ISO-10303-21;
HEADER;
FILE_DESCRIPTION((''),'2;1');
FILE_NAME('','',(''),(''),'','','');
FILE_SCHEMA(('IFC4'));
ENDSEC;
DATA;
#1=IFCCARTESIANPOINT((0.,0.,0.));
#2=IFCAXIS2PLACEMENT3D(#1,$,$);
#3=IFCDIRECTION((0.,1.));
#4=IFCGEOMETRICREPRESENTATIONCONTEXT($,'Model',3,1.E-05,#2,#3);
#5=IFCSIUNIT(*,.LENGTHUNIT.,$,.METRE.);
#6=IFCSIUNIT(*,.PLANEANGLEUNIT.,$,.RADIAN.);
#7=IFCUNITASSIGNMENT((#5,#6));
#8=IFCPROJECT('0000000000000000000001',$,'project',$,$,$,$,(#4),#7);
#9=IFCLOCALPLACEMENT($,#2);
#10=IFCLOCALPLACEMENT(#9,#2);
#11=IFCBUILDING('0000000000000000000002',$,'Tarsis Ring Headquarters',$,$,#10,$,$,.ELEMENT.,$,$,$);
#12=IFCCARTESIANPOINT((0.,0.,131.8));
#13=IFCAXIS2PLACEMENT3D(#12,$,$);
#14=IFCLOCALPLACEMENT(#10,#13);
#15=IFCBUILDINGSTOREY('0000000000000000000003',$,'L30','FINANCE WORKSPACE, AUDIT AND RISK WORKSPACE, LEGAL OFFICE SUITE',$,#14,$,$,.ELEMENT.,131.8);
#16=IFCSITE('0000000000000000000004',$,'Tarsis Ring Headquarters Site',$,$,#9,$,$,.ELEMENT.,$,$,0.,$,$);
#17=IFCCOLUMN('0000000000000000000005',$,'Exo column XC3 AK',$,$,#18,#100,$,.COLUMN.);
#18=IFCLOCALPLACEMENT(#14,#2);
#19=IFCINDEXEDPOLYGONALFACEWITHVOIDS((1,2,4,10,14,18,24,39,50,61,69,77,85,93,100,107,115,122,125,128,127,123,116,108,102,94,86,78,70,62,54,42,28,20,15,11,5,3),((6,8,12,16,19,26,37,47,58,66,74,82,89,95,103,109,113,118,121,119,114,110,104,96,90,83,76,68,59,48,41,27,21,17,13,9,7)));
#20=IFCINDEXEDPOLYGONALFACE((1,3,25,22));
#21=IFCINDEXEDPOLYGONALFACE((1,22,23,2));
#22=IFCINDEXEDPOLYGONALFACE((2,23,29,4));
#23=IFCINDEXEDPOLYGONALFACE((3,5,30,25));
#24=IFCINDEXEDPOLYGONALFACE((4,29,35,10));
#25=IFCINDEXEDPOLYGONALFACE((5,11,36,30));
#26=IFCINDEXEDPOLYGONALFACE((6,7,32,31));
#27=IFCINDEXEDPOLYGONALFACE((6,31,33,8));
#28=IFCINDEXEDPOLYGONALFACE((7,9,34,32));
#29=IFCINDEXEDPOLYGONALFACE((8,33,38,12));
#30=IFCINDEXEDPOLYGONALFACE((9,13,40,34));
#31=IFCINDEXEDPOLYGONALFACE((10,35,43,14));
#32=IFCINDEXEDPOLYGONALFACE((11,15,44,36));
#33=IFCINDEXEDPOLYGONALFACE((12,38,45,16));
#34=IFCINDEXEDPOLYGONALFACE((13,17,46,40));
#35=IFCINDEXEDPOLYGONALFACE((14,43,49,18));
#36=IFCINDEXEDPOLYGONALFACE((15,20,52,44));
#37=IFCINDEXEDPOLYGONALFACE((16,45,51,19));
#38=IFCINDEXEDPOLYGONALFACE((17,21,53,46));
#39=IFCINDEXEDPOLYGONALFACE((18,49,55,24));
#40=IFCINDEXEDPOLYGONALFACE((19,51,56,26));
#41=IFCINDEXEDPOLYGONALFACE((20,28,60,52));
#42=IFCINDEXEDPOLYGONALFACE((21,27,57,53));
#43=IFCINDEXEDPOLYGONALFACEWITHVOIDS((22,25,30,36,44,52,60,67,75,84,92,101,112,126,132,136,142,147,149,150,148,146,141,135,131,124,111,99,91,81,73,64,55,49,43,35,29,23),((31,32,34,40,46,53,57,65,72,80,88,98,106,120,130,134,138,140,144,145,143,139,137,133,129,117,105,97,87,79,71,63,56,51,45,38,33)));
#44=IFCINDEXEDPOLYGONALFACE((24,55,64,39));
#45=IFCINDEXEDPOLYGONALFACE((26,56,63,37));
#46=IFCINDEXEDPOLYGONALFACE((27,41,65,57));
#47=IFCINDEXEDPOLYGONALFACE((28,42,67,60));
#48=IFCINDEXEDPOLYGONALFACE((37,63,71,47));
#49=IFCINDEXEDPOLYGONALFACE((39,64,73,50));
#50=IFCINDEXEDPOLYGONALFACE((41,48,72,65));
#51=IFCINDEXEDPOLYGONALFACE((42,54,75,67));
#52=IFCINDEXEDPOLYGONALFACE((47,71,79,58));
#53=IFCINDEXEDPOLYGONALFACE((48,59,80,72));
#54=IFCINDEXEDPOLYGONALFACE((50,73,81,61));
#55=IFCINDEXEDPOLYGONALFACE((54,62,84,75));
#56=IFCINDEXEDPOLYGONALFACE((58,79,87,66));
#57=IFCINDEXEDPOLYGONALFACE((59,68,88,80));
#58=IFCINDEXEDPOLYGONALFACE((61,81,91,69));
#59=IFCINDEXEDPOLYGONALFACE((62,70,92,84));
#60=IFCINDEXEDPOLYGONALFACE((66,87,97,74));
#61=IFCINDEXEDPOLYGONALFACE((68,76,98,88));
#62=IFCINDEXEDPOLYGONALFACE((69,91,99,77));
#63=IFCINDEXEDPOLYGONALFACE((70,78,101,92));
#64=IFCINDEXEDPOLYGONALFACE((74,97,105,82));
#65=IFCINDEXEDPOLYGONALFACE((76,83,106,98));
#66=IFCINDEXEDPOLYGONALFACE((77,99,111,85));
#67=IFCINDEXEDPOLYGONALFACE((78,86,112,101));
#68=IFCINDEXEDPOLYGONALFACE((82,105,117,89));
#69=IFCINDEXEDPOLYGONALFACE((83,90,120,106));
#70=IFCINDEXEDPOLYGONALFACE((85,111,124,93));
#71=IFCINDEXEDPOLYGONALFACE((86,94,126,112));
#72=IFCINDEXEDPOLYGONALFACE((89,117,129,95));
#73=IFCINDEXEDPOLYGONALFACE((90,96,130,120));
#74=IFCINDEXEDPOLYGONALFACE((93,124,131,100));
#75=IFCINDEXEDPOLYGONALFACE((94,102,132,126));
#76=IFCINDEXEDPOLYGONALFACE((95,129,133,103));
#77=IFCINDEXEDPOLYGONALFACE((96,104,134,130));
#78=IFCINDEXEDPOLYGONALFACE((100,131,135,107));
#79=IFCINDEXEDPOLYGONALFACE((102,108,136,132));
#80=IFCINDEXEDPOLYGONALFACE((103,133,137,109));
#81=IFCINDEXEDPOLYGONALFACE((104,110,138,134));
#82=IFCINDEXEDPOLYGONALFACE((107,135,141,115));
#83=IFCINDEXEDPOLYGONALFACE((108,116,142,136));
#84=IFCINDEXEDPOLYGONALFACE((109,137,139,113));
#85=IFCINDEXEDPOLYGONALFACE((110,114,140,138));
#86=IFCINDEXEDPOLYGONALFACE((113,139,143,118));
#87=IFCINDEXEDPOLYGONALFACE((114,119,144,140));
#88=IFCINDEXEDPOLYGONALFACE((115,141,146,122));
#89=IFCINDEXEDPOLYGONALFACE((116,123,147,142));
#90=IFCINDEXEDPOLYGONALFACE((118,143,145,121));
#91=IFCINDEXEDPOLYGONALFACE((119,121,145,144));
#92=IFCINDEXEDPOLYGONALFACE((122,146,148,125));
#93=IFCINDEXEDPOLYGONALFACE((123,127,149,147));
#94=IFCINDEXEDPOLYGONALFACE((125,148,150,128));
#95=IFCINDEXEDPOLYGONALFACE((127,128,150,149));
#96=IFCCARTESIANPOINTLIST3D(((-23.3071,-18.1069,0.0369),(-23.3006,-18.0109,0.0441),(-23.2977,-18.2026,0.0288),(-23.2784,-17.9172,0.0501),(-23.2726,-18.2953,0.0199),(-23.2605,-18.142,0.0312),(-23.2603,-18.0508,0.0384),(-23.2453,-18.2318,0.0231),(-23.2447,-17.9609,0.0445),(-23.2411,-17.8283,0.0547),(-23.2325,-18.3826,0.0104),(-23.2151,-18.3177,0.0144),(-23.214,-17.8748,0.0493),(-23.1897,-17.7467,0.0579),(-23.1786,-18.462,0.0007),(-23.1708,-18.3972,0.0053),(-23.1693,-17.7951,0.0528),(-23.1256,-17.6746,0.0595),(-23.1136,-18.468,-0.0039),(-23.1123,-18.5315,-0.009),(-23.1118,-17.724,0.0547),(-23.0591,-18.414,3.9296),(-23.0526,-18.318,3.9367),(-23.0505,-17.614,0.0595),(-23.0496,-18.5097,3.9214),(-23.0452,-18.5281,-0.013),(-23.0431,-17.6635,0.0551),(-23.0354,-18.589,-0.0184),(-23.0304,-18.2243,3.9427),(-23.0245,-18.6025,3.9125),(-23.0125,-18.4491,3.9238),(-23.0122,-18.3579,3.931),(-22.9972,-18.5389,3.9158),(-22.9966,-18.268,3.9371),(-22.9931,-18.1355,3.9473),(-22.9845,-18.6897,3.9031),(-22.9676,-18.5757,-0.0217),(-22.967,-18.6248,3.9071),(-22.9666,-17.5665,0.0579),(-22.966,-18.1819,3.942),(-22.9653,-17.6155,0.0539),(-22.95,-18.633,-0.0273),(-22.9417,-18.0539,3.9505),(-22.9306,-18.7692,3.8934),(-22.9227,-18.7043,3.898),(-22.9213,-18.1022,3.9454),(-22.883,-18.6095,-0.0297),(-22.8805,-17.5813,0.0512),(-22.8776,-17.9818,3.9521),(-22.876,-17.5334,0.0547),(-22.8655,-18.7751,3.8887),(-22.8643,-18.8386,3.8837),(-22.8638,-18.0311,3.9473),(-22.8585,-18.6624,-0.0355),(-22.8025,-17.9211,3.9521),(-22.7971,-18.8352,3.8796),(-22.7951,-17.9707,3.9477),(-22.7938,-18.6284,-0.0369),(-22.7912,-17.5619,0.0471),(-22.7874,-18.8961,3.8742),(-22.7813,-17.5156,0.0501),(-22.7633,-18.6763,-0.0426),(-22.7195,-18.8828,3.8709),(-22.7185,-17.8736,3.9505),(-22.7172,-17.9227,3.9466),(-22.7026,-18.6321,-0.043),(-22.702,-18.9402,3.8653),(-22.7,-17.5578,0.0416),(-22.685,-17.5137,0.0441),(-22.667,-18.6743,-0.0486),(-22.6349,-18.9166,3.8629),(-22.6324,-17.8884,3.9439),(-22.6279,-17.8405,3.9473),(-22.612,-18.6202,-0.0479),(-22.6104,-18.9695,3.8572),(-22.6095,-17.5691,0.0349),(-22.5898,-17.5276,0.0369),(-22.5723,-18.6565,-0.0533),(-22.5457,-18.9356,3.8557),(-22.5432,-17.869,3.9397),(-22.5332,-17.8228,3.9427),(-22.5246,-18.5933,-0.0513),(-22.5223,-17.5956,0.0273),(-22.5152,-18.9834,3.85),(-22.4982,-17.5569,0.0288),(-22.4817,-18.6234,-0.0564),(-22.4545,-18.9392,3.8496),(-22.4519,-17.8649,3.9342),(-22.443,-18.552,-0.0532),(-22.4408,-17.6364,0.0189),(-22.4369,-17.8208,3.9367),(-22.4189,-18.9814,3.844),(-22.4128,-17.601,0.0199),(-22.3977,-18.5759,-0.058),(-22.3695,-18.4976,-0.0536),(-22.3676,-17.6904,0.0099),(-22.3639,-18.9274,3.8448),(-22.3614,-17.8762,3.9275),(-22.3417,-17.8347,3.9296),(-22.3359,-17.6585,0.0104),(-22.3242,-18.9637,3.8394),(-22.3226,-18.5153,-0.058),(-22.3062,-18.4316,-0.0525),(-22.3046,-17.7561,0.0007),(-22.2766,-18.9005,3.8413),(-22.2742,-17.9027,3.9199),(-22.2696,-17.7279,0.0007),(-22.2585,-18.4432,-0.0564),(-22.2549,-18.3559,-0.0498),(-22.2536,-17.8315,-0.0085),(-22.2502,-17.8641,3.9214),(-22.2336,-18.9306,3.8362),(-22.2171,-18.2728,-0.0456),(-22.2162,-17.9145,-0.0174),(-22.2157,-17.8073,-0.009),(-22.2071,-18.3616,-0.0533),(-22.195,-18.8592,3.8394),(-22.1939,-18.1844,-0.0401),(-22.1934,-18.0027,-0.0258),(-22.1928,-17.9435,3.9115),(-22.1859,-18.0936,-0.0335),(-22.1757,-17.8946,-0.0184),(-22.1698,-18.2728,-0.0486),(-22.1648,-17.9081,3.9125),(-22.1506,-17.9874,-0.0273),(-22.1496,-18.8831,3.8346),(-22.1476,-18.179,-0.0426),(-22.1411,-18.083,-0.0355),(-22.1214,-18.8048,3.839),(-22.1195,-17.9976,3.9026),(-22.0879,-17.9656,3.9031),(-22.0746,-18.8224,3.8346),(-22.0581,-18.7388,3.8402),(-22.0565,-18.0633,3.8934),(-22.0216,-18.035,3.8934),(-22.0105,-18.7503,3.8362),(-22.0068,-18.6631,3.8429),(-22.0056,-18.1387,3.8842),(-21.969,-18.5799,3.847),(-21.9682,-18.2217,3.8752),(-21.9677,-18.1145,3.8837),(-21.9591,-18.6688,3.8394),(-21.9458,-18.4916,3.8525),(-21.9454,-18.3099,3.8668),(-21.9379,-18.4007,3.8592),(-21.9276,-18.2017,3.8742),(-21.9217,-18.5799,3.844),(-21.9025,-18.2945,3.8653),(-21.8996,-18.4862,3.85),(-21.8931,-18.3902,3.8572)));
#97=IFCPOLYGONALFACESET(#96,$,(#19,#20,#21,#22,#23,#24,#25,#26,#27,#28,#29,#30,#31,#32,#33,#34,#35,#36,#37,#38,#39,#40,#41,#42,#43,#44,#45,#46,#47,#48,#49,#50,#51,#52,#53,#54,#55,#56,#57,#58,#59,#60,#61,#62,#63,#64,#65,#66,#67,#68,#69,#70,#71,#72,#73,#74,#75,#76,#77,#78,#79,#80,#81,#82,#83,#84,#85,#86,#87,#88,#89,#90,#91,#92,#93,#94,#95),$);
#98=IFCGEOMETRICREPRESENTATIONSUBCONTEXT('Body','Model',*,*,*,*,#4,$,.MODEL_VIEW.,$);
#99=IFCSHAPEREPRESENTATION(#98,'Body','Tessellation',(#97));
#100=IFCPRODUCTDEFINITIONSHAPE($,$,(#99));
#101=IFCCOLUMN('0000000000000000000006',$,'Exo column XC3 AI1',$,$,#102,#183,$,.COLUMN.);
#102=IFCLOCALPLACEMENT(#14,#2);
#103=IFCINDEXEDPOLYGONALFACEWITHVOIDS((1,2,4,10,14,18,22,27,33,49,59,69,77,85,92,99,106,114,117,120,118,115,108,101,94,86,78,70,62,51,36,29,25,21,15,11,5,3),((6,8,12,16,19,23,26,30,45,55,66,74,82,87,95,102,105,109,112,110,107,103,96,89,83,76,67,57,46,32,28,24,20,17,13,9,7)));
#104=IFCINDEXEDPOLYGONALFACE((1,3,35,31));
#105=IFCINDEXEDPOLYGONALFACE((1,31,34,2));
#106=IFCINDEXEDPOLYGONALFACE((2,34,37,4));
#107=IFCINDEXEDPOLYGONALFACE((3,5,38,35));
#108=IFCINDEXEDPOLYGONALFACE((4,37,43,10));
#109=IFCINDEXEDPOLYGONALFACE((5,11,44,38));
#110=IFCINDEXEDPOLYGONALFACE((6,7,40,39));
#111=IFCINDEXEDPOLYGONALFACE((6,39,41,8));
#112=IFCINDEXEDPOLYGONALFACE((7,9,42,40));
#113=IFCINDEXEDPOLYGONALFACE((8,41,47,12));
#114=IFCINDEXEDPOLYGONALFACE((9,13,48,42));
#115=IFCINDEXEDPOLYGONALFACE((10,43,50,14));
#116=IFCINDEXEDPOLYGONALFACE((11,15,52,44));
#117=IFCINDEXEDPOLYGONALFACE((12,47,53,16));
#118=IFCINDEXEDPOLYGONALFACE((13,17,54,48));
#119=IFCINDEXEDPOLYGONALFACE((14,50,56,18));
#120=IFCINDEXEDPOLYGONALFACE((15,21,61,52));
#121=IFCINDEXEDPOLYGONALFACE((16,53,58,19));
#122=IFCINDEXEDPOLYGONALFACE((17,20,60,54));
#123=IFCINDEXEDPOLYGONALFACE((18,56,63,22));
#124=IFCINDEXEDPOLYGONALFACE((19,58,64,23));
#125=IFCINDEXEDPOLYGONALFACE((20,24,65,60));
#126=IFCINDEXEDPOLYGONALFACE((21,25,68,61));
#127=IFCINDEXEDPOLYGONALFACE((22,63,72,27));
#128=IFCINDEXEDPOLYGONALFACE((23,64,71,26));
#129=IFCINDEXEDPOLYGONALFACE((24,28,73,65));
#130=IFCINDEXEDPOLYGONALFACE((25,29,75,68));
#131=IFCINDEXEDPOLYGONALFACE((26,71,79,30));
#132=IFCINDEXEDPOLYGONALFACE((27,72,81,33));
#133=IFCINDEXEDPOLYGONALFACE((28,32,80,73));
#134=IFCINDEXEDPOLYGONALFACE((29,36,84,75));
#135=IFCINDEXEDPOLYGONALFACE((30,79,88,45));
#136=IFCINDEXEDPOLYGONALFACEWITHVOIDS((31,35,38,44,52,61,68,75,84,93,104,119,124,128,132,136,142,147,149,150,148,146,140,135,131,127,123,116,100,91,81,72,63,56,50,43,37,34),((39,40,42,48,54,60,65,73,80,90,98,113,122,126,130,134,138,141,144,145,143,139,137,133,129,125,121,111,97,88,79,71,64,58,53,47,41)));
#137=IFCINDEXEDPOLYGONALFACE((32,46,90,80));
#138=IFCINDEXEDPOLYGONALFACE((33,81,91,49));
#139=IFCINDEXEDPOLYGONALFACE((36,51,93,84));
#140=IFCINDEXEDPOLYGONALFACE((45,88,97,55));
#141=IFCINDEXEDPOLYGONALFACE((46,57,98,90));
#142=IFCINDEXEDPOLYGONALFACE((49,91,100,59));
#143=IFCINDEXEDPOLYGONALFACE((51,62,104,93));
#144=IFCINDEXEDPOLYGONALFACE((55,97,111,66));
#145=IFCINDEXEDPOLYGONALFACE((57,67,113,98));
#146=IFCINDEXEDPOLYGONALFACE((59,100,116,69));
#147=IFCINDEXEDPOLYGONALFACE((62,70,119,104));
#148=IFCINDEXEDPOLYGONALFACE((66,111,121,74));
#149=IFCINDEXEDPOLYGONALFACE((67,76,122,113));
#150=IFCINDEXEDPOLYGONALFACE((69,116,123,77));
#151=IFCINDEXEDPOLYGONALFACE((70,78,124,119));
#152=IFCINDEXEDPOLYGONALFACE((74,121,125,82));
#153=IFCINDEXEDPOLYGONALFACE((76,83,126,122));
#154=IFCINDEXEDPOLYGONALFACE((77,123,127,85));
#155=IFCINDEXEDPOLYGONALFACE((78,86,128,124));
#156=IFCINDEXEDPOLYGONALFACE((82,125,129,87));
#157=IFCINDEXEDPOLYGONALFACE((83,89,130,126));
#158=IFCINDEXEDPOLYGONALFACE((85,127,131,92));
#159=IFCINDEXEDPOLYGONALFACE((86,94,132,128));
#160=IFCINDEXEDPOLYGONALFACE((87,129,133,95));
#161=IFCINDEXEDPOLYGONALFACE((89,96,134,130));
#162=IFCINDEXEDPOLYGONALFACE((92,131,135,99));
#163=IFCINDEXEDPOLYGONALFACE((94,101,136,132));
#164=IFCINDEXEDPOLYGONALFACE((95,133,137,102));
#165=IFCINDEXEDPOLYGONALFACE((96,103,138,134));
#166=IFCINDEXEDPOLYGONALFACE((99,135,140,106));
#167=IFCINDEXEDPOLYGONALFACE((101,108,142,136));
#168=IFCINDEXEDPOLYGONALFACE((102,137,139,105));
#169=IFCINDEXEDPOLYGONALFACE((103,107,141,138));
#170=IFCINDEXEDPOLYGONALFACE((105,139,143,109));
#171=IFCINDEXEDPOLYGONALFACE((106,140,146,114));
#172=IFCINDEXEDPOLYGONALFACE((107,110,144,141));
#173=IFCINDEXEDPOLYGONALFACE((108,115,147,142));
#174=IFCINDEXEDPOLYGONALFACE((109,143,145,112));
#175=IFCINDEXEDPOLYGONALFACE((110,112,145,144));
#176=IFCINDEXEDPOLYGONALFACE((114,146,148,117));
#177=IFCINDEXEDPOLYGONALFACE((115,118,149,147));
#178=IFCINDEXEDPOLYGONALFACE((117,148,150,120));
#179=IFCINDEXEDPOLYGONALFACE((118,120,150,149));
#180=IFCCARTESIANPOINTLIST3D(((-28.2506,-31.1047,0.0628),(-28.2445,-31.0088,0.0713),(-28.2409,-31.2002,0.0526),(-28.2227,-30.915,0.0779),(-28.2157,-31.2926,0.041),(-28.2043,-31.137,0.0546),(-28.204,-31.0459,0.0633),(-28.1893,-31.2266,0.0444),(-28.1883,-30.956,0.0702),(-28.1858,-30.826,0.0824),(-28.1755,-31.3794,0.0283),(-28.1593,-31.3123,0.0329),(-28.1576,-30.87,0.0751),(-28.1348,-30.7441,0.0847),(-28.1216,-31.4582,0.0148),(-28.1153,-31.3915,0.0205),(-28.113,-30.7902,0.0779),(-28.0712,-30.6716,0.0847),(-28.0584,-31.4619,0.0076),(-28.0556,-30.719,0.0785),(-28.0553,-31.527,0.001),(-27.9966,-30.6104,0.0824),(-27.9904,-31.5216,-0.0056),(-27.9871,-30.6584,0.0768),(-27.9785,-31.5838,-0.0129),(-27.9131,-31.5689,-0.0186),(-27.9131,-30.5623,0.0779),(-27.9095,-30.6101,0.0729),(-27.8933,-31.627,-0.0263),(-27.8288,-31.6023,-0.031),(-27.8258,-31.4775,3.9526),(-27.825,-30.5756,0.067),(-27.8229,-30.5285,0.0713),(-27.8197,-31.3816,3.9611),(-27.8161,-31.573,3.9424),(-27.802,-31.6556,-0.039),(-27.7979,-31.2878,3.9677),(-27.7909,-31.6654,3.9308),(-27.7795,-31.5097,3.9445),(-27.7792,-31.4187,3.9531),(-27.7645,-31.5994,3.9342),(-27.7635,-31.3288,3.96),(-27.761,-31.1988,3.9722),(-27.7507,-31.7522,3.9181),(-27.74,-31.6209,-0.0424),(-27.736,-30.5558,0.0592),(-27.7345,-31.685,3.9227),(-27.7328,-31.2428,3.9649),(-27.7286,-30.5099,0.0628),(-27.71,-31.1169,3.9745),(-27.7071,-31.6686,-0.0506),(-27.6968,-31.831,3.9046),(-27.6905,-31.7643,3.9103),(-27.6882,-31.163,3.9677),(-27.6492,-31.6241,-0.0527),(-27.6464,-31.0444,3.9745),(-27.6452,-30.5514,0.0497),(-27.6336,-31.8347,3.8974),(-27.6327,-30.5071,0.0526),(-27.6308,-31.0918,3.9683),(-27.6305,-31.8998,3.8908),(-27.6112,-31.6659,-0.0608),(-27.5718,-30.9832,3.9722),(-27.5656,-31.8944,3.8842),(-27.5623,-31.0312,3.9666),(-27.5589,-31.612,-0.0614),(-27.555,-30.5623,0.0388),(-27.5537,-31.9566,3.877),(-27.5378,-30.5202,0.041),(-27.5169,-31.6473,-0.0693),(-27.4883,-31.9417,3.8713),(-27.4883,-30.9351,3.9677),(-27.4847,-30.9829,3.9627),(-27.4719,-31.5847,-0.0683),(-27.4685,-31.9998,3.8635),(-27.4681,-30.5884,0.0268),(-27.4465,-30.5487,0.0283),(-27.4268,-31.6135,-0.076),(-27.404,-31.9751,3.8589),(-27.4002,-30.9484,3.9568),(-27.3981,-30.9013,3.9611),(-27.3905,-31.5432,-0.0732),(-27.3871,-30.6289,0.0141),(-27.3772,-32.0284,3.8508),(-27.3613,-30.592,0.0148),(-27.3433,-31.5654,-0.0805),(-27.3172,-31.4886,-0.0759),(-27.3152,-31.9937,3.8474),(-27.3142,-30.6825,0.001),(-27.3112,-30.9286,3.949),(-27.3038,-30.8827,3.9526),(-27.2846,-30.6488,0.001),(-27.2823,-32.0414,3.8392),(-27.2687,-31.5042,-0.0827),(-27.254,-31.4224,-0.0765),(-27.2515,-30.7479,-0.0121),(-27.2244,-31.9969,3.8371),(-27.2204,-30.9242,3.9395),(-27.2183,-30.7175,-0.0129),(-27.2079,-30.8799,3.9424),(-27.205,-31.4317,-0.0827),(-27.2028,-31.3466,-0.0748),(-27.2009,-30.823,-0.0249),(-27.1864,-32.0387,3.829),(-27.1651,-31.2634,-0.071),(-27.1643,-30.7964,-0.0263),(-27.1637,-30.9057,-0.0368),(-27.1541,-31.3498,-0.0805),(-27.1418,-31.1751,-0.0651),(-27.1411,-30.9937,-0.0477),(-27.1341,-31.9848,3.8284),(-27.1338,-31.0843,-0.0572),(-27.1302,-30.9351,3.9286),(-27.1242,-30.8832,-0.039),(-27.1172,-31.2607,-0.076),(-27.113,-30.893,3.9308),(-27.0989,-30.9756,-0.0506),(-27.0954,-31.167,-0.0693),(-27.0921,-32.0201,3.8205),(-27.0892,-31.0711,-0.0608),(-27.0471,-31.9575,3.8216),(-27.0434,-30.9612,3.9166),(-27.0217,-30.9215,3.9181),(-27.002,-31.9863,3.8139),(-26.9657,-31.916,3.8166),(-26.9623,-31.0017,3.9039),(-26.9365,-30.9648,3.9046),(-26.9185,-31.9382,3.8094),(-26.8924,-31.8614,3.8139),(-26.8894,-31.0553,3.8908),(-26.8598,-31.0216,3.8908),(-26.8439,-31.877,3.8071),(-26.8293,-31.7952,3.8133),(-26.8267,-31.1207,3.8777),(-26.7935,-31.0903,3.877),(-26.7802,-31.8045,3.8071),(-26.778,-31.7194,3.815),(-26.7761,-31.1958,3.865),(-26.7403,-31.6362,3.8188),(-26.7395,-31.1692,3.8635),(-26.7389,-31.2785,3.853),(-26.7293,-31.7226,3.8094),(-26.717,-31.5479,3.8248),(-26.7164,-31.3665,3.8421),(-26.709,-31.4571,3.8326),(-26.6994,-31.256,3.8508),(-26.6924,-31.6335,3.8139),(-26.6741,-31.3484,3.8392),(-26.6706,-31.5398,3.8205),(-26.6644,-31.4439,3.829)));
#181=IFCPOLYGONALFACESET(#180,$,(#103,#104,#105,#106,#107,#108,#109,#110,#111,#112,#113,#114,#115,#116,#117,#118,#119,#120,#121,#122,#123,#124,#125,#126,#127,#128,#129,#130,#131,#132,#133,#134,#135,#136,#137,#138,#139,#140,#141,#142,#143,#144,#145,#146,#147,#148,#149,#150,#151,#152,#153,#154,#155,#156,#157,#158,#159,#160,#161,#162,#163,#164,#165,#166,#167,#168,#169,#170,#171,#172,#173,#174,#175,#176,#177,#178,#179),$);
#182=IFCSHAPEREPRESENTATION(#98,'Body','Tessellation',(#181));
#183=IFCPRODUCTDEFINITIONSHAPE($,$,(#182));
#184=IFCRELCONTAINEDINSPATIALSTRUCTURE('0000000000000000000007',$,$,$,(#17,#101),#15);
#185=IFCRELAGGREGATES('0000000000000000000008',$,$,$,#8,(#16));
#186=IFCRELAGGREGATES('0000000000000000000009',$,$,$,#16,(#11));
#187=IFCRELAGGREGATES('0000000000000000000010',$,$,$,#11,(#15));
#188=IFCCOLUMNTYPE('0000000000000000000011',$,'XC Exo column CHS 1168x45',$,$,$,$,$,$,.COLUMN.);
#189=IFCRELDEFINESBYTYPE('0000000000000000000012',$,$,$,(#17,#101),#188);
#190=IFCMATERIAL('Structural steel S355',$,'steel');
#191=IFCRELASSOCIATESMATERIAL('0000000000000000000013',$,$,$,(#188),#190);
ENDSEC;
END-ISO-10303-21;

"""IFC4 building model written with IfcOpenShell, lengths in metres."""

from ifc_helpers import new_model, si_unit, direction, frame, origin, origin_2d, place, context, subcontext, project, spatial, hollow_circle, extrude, material, material_profile, profile_set, type_object, element, save


model = new_model("IFC4")

# Units and contexts
model_context = context("Model", 3, precision=1e-05, world=origin(), true_north=direction((0.0, 1.0)))
body_context = subcontext(model_context, "Body", "Model", "MODEL_VIEW")
ifc_project = project(units=[si_unit("LENGTHUNIT", "METRE"), si_unit("PLANEANGLEUNIT", "RADIAN")], contexts=[model_context])

# Site, building, storey
site_placement = place(None, origin())
site = spatial("IfcSite", under=ifc_project, at=site_placement, Name="Tarsis Ring Headquarters Site", CompositionType="ELEMENT", RefElevation=0.0)
building_placement = place(site_placement, origin())
building = spatial("IfcBuilding", under=site, at=building_placement, Name="Tarsis Ring Headquarters", CompositionType="ELEMENT")
storey_placement = place(building_placement, frame((0.0, 0.0, 131.8)))
storey = spatial("IfcBuildingStorey", under=building, at=storey_placement, Name="L30", Description="FINANCE WORKSPACE, AUDIT AND RISK WORKSPACE, LEGAL OFFICE SUITE", CompositionType="ELEMENT", Elevation=131.8)

# Columns
ifc_material_1 = material(Name="Structural steel S355", Category="steel")
ifc_material_profile_1 = material_profile(ifc_material_1, hollow_circle(Radius=0.5842, WallThickness=0.0449, at=origin_2d()), Name="CHS 1168x45")
ifc_profile_set_1 = profile_set([ifc_material_profile_1], Name="Structural steel S355")
column_type = type_object("IfcColumnType", Name="XC Exo column CHS 1168x45", PredefinedType="COLUMN", material=ifc_profile_set_1)
column_1_placement = place(storey_placement, frame((-22.7241, -18.095, 0.0007), z_axis=(0.063398, -0.078498, 0.994896), x_axis=(0.777964, 0.628308, 0.0)))
element("IfcColumn", 1, at=column_1_placement, inside=storey, type_object=column_type, Name="Exo column XC3 AK", PredefinedType="COLUMN", context=body_context, shape_type="SweptSolid", body=[
    extrude(hollow_circle(Radius=0.5842, WallThickness=0.0449, at=origin_2d()), origin(), (0.0, 0.0, 1.0), 3.9126),
])
column_2_placement = place(storey_placement, frame((-27.6699, -31.0879, 0.001), z_axis=(0.108072, -0.094843, 0.989609), x_axis=(0.659605, 0.751613, 0.0)))
element("IfcColumn", 2, at=column_2_placement, inside=storey, type_object=column_type, Name="Exo column XC3 AI1", PredefinedType="COLUMN", context=body_context, shape_type="SweptSolid", body=[
    extrude(hollow_circle(Radius=0.5842, WallThickness=0.0449, at=origin_2d()), origin(), (0.0, 0.0, 1.0), 3.9307),
])

save(model, "model.ifc")
